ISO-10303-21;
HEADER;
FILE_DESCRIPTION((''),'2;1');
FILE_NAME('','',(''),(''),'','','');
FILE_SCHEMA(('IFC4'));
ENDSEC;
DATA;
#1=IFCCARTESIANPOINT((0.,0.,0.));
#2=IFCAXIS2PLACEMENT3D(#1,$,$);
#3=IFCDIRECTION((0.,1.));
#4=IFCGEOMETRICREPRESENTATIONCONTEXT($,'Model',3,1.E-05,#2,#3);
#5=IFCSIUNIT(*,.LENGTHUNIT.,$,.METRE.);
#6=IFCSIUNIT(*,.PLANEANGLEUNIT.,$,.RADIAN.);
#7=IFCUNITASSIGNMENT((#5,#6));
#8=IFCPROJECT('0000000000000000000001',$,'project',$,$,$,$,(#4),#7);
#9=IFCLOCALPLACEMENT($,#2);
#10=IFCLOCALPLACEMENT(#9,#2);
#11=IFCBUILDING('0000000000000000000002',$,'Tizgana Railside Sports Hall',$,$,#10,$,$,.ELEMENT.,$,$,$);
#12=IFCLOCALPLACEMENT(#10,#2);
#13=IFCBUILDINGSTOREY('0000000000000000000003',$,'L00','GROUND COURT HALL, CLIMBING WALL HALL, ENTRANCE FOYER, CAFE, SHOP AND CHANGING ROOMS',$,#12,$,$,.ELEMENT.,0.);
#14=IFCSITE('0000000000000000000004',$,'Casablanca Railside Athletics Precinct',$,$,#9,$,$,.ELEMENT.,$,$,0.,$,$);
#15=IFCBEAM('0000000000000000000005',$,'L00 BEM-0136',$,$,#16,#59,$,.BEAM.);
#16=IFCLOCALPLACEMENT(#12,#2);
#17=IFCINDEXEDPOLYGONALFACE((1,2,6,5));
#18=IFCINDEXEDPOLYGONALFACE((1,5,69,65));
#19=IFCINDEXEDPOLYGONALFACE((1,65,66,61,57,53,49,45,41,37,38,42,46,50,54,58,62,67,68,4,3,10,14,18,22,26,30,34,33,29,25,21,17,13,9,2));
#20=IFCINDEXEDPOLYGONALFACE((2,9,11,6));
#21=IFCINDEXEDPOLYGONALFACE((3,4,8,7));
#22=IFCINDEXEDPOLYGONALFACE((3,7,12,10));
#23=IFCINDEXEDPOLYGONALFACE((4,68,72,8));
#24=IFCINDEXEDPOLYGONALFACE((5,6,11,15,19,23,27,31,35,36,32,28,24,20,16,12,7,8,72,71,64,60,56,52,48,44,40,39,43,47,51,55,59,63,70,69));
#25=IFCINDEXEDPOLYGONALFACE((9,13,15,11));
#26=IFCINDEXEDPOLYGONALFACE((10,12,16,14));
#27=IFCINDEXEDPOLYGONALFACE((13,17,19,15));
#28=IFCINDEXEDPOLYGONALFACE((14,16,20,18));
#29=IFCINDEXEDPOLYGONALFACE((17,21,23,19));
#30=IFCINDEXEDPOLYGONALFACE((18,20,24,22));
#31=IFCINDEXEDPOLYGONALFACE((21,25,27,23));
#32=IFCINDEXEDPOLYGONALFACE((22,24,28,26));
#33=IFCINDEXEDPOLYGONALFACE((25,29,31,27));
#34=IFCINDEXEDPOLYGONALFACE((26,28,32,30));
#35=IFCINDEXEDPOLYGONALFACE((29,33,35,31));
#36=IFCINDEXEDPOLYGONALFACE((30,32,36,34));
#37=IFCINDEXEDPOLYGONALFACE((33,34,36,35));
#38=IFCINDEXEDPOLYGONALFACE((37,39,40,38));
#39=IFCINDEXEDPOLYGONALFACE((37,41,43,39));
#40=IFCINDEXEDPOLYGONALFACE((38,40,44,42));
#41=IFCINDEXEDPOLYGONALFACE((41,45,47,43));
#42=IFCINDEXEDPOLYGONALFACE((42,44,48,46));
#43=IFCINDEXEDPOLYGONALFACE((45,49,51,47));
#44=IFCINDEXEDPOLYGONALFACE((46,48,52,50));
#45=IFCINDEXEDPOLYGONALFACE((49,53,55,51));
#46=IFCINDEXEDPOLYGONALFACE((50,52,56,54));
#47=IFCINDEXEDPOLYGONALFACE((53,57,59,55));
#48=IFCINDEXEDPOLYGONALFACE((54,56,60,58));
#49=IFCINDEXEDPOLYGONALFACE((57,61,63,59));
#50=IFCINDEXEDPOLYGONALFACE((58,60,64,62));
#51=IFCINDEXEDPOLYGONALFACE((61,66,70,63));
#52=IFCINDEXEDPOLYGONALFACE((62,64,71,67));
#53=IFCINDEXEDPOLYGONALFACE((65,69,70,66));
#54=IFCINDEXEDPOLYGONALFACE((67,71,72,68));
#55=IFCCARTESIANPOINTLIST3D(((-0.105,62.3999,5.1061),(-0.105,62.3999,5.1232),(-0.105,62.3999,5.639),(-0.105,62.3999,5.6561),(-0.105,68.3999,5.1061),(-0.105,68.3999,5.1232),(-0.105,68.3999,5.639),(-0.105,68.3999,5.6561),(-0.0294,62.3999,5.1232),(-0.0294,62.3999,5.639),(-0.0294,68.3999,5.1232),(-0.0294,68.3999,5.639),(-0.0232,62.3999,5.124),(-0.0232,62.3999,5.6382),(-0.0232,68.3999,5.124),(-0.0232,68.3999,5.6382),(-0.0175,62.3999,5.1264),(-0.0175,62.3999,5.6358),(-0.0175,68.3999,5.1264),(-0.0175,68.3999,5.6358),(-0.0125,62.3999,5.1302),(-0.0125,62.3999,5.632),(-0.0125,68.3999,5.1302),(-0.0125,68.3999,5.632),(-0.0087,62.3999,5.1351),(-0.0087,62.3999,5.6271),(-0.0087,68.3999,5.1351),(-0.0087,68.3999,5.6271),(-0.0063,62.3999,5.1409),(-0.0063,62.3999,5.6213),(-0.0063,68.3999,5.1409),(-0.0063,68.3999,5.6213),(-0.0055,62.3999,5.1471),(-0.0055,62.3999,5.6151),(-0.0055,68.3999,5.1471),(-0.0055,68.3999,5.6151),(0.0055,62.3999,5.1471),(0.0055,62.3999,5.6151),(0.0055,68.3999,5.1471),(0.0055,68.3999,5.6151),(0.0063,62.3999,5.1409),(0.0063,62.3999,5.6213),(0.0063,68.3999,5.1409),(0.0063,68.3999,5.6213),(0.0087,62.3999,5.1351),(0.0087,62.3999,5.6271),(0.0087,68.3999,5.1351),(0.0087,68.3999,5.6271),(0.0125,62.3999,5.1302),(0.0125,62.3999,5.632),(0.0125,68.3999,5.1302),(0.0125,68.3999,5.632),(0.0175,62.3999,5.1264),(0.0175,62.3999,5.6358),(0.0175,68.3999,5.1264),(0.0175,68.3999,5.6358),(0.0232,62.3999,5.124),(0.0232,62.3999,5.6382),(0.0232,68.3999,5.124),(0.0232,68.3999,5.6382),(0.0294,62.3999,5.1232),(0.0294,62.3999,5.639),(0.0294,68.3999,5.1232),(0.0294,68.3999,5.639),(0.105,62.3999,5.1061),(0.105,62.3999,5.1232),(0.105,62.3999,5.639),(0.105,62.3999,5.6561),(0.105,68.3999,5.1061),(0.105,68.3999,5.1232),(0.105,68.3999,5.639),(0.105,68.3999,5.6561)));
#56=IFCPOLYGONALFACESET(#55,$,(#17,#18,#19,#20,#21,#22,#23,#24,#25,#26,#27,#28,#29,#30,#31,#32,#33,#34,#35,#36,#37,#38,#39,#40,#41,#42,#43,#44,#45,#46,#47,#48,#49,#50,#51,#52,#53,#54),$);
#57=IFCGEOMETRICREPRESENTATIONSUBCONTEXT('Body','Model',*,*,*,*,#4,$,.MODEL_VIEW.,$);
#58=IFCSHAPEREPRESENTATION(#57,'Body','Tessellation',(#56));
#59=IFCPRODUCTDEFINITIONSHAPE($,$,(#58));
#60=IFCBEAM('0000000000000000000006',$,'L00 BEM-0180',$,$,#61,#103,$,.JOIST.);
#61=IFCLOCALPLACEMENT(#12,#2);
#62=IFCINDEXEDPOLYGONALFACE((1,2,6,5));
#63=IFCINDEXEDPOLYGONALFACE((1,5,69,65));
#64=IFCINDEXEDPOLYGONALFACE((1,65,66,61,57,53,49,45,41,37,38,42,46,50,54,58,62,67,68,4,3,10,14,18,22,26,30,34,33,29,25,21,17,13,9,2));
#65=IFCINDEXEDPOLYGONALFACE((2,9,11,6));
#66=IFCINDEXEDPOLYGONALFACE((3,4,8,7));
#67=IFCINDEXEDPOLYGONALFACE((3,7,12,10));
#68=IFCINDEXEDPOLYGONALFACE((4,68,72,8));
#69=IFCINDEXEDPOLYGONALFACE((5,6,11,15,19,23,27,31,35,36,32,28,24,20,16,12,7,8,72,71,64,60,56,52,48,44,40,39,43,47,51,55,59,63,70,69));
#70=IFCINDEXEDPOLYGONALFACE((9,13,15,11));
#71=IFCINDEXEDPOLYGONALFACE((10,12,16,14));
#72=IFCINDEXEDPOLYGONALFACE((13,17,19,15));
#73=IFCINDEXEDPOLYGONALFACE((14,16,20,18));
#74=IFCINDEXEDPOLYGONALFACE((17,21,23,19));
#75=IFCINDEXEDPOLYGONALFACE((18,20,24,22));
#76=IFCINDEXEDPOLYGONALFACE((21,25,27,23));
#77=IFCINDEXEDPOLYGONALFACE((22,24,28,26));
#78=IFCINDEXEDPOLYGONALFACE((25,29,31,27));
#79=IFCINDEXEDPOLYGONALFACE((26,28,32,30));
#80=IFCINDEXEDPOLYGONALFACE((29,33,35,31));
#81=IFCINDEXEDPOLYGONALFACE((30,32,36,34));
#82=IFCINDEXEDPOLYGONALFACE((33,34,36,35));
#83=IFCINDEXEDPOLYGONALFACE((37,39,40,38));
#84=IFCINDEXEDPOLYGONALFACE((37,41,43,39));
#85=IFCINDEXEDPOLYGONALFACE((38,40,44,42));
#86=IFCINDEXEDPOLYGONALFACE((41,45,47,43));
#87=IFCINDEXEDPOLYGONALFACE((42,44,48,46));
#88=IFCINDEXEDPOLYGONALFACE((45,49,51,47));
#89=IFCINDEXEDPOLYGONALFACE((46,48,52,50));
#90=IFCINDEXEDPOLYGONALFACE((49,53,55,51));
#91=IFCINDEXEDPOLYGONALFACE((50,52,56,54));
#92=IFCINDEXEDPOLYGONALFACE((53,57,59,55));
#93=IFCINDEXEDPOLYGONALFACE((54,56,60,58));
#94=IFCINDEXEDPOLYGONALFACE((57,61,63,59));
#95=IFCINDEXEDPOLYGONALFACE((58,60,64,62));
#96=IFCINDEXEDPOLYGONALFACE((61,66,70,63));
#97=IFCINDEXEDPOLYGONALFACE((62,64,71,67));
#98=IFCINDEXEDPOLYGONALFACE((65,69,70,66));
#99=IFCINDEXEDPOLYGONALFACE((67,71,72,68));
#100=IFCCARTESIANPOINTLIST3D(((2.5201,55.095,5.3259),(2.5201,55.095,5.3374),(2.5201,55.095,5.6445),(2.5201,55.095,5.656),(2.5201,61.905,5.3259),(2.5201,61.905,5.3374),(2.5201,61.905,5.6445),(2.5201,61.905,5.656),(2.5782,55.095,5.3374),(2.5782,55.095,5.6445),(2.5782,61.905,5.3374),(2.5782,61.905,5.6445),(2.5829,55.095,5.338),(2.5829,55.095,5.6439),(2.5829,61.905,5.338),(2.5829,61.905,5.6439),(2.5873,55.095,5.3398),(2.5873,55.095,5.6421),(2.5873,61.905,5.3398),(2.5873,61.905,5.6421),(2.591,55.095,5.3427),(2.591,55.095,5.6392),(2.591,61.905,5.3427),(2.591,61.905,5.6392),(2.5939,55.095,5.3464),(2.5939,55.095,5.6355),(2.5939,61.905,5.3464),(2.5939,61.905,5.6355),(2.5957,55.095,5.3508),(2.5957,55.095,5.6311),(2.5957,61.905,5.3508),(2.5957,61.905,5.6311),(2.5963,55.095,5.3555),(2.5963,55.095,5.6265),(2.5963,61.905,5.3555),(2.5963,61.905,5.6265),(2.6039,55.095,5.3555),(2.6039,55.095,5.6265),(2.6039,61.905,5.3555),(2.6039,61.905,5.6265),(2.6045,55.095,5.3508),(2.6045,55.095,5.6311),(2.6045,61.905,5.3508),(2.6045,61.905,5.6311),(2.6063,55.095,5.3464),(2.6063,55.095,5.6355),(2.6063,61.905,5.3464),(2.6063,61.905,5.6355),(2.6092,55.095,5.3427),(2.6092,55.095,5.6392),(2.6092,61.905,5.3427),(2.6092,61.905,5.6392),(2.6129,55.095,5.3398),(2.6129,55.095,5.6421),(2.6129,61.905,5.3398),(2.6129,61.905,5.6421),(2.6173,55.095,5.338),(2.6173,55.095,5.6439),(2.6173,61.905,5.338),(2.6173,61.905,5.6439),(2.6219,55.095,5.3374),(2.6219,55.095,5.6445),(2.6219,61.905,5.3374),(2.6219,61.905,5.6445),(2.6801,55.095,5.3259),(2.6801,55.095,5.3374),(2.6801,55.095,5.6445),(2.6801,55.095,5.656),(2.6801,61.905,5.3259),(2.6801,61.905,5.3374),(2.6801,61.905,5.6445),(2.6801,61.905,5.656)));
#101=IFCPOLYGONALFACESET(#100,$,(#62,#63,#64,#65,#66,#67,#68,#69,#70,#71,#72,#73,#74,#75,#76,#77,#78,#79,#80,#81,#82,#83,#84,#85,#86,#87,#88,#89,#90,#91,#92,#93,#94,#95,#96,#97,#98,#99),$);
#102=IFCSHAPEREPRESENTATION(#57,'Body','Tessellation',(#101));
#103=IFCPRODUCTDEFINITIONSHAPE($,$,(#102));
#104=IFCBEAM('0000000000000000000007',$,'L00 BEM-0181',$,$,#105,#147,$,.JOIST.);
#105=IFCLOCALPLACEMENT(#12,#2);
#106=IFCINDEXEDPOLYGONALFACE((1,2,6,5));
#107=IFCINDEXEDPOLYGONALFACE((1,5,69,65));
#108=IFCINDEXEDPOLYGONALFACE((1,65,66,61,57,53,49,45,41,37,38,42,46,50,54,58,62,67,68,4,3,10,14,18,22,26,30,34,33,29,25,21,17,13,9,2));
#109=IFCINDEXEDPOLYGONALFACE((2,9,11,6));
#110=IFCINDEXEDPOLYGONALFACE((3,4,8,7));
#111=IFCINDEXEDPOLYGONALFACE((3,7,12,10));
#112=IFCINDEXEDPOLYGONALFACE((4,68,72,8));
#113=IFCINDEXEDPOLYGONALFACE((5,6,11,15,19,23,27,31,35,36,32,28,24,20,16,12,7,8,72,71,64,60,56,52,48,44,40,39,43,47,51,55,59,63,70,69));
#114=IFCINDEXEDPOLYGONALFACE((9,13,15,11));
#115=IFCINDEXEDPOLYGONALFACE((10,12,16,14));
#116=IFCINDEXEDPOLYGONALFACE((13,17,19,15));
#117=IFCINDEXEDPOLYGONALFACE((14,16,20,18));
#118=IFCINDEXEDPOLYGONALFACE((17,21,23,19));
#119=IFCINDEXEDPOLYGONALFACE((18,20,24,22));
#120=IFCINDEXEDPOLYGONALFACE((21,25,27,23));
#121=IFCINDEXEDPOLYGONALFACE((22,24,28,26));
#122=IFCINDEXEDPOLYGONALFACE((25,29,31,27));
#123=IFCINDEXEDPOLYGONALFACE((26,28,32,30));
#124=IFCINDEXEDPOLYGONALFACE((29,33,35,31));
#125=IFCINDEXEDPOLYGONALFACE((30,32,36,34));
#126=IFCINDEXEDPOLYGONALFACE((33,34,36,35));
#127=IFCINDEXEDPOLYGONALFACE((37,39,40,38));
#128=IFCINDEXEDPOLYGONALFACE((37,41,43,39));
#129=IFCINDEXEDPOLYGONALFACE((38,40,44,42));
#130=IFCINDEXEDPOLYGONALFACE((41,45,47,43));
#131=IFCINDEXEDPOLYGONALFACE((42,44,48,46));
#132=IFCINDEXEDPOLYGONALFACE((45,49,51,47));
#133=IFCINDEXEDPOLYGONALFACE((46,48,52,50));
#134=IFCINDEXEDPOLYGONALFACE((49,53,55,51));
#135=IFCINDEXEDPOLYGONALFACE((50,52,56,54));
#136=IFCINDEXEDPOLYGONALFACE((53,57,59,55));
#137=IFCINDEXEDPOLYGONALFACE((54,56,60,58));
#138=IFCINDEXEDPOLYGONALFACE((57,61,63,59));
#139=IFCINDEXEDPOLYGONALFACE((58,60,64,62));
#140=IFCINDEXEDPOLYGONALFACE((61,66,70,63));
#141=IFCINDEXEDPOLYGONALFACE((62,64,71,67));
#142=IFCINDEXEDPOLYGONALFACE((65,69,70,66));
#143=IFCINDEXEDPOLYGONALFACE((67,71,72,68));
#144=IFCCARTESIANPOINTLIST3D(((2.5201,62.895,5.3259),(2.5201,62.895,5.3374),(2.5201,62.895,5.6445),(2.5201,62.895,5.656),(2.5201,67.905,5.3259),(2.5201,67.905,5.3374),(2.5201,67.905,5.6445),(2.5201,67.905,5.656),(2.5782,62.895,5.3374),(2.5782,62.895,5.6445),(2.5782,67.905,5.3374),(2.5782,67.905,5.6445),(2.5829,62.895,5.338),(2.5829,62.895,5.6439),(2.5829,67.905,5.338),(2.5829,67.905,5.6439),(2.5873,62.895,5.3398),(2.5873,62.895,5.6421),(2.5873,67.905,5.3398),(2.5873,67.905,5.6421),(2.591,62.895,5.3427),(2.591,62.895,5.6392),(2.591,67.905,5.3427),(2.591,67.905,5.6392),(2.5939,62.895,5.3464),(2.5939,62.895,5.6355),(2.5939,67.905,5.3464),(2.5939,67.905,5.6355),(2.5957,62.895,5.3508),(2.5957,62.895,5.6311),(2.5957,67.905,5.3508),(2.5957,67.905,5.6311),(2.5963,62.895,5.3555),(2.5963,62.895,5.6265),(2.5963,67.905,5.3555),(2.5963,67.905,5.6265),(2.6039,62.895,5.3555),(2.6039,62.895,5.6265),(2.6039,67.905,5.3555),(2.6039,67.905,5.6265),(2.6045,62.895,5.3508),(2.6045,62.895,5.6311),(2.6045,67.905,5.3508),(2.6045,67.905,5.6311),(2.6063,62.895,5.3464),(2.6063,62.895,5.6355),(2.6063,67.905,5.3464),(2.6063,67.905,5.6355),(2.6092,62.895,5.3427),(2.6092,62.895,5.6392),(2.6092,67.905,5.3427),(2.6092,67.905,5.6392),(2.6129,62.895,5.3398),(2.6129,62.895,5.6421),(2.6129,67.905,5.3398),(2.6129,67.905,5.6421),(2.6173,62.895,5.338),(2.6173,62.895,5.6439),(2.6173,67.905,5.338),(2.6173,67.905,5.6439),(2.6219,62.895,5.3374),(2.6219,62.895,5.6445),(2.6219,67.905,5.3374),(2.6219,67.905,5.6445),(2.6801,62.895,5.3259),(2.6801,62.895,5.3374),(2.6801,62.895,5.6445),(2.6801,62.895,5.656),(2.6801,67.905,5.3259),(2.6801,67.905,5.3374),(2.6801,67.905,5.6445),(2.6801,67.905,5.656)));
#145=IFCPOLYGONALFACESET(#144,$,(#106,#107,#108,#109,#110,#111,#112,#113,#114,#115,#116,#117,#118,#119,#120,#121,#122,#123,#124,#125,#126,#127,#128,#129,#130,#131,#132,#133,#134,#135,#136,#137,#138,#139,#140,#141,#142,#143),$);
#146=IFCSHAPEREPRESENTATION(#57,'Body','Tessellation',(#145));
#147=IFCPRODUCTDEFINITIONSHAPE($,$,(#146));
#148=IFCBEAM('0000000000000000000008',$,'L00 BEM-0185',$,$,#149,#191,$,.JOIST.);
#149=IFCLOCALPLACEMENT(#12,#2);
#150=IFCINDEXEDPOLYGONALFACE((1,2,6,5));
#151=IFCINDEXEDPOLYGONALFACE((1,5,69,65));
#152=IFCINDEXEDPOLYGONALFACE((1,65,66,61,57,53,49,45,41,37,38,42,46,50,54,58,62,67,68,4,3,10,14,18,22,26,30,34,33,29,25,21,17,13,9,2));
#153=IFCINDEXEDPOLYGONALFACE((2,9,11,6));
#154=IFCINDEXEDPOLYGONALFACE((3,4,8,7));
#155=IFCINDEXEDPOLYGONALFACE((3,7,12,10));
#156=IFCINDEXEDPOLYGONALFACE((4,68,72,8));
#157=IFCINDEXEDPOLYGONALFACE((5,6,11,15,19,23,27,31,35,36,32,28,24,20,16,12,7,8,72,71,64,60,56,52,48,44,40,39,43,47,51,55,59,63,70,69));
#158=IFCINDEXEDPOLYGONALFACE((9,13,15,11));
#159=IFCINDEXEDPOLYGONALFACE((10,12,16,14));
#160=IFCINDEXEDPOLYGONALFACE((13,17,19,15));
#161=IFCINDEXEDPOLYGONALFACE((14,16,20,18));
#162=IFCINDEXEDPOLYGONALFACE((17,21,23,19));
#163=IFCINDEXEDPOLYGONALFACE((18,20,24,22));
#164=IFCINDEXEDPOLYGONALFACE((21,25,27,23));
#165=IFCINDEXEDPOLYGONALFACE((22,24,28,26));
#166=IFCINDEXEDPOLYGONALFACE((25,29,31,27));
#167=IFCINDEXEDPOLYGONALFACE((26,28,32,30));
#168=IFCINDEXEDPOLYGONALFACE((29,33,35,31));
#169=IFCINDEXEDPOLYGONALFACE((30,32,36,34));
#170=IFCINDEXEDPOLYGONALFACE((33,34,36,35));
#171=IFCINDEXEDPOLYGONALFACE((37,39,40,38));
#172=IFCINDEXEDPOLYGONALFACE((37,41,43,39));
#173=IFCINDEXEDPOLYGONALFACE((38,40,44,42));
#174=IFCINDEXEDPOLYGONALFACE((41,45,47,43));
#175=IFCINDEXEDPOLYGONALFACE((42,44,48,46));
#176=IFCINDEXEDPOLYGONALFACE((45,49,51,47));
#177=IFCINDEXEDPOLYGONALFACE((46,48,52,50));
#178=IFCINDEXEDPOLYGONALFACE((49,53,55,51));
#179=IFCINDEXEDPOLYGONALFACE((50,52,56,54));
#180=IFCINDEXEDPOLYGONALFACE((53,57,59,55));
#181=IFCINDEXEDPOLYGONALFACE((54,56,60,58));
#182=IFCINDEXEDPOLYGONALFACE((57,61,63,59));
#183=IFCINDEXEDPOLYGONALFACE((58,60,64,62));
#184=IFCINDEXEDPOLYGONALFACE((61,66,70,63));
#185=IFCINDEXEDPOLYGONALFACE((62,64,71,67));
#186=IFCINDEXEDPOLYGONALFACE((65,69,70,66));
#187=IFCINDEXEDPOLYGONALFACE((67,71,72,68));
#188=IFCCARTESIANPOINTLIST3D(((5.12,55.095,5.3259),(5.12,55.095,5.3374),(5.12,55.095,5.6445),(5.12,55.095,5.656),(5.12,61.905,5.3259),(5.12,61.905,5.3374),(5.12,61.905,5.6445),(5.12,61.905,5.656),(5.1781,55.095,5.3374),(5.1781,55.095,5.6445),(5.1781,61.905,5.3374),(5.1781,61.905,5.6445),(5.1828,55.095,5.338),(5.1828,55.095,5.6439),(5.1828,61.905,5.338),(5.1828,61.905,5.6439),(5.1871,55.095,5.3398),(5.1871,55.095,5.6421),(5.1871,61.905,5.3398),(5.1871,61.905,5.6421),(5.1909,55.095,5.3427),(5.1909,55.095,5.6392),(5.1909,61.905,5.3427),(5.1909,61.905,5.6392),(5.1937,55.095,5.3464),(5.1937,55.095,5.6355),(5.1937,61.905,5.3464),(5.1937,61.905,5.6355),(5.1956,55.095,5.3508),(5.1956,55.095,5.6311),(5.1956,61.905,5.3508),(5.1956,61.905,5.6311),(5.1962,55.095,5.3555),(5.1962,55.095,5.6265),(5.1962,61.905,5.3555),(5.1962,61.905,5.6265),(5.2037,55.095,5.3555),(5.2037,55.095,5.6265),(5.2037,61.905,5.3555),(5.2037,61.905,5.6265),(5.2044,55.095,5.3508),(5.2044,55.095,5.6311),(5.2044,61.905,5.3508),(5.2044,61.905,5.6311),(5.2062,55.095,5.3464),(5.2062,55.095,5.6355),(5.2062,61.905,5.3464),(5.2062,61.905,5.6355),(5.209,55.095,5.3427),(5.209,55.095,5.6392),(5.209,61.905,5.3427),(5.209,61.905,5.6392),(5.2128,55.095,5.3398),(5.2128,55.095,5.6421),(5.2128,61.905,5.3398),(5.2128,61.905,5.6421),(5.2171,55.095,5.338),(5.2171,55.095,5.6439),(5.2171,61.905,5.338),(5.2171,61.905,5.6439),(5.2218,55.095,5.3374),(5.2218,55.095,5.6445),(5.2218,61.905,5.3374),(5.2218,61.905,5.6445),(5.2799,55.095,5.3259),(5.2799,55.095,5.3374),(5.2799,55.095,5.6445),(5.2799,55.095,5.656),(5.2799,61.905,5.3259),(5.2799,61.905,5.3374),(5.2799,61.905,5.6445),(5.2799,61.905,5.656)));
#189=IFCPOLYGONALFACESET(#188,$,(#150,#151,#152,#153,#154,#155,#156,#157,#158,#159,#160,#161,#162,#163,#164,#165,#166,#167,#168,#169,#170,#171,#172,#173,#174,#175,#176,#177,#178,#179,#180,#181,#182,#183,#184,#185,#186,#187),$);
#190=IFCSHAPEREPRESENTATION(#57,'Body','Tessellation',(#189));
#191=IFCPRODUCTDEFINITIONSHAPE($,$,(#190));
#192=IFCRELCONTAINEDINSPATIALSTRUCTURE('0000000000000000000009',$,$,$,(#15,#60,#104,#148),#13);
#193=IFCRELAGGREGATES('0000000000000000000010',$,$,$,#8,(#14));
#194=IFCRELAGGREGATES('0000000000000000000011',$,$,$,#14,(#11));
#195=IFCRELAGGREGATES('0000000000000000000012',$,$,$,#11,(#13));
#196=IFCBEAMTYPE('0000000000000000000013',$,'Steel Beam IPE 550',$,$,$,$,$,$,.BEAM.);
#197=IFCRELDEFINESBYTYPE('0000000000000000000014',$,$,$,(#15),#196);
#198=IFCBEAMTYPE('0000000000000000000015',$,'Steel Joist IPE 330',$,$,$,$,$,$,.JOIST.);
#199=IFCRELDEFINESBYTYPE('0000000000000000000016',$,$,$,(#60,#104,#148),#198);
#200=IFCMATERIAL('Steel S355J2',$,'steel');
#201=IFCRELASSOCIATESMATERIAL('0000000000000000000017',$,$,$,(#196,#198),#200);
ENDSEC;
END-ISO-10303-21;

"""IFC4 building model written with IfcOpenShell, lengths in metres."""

from ifc_helpers import new_model, si_unit, direction, frame, origin, origin_2d, place, context, subcontext, project, spatial, i_section, extrude, material, material_profile, profile_set, type_object, element, save


model = new_model("IFC4")

# Units and contexts
model_context = context("Model", 3, precision=1e-05, world=origin(), true_north=direction((0.0, 1.0)))
body_context = subcontext(model_context, "Body", "Model", "MODEL_VIEW")
ifc_project = project(units=[si_unit("LENGTHUNIT", "METRE"), si_unit("PLANEANGLEUNIT", "RADIAN")], contexts=[model_context])

# Site, building, storey
site_placement = place(None, origin())
site = spatial("IfcSite", under=ifc_project, at=site_placement, Name="Casablanca Railside Athletics Precinct", CompositionType="ELEMENT", RefElevation=0.0)
building_placement = place(site_placement, origin())
building = spatial("IfcBuilding", under=site, at=building_placement, Name="Tizgana Railside Sports Hall", CompositionType="ELEMENT")
storey_placement = place(building_placement, origin())
storey = spatial("IfcBuildingStorey", under=building, at=storey_placement, Name="L00", Description="GROUND COURT HALL, CLIMBING WALL HALL, ENTRANCE FOYER, CAFE, SHOP AND CHANGING ROOMS", CompositionType="ELEMENT", Elevation=0.0)

# Beams
ifc_material_1 = material(Name="Steel S355J2", Category="steel")
ifc_material_profile_1 = material_profile(ifc_material_1, i_section(OverallWidth=0.21, OverallDepth=0.55, WebThickness=0.011, FlangeThickness=0.0171, FilletRadius=0.0239, at=origin_2d()), Name="IPE 550")
ifc_profile_set_1 = profile_set([ifc_material_profile_1], Name="Steel S355J2")
beam_type_1 = type_object("IfcBeamType", Name="Steel Beam IPE 550", PredefinedType="BEAM", material=ifc_profile_set_1)
beam_1_placement = place(storey_placement, frame((0.0, 62.3999, 5.3811), z_axis=(0.0, 1.0, 0.0), x_axis=(-1.0, 0.0, 0.0)))
element("IfcBeam", 1, at=beam_1_placement, inside=storey, type_object=beam_type_1, Name="L00 BEM-0136", PredefinedType="BEAM", context=body_context, shape_type="SweptSolid", body=[
    extrude(i_section(OverallWidth=0.21, OverallDepth=0.55, WebThickness=0.011, FlangeThickness=0.0171, FilletRadius=0.0239, at=origin_2d()), origin(), (0.0, 0.0, 1.0), 6.0),
])
ifc_material_profile_2 = material_profile(ifc_material_1, i_section(OverallWidth=0.1599, OverallDepth=0.3301, WebThickness=0.0076, FlangeThickness=0.0115, FilletRadius=0.0181, at=origin_2d()), Name="IPE 330")
ifc_profile_set_2 = profile_set([ifc_material_profile_2], Name="Steel S355J2")
beam_type_2 = type_object("IfcBeamType", Name="Steel Joist IPE 330", PredefinedType="JOIST", material=ifc_profile_set_2)
beam_2_placement = place(storey_placement, frame((2.6001, 55.095, 5.491), z_axis=(0.0, 1.0, 0.0), x_axis=(-1.0, 0.0, 0.0)))
element("IfcBeam", 2, at=beam_2_placement, inside=storey, type_object=beam_type_2, Name="L00 BEM-0180", PredefinedType="JOIST", context=body_context, shape_type="SweptSolid", body=[
    extrude(i_section(OverallWidth=0.1599, OverallDepth=0.3301, WebThickness=0.0076, FlangeThickness=0.0115, FilletRadius=0.0181, at=origin_2d()), origin(), (0.0, 0.0, 1.0), 6.8101),
])
beam_3_placement = place(storey_placement, frame((2.6001, 62.895, 5.491), z_axis=(0.0, 1.0, 0.0), x_axis=(-1.0, 0.0, 0.0)))
element("IfcBeam", 3, at=beam_3_placement, inside=storey, type_object=beam_type_2, Name="L00 BEM-0181", PredefinedType="JOIST", context=body_context, shape_type="SweptSolid", body=[
    extrude(i_section(OverallWidth=0.1599, OverallDepth=0.3301, WebThickness=0.0076, FlangeThickness=0.0115, FilletRadius=0.0181, at=origin_2d()), origin(), (0.0, 0.0, 1.0), 5.01),
])
beam_4_placement = place(storey_placement, frame((5.2, 55.095, 5.491), z_axis=(0.0, 1.0, 0.0), x_axis=(-1.0, 0.0, 0.0)))
element("IfcBeam", 4, at=beam_4_placement, inside=storey, type_object=beam_type_2, Name="L00 BEM-0185", PredefinedType="JOIST", context=body_context, shape_type="SweptSolid", body=[
    extrude(i_section(OverallWidth=0.1599, OverallDepth=0.3301, WebThickness=0.0076, FlangeThickness=0.0115, FilletRadius=0.0181, at=origin_2d()), origin(), (0.0, 0.0, 1.0), 6.8101),
])

save(model, "model.ifc")
